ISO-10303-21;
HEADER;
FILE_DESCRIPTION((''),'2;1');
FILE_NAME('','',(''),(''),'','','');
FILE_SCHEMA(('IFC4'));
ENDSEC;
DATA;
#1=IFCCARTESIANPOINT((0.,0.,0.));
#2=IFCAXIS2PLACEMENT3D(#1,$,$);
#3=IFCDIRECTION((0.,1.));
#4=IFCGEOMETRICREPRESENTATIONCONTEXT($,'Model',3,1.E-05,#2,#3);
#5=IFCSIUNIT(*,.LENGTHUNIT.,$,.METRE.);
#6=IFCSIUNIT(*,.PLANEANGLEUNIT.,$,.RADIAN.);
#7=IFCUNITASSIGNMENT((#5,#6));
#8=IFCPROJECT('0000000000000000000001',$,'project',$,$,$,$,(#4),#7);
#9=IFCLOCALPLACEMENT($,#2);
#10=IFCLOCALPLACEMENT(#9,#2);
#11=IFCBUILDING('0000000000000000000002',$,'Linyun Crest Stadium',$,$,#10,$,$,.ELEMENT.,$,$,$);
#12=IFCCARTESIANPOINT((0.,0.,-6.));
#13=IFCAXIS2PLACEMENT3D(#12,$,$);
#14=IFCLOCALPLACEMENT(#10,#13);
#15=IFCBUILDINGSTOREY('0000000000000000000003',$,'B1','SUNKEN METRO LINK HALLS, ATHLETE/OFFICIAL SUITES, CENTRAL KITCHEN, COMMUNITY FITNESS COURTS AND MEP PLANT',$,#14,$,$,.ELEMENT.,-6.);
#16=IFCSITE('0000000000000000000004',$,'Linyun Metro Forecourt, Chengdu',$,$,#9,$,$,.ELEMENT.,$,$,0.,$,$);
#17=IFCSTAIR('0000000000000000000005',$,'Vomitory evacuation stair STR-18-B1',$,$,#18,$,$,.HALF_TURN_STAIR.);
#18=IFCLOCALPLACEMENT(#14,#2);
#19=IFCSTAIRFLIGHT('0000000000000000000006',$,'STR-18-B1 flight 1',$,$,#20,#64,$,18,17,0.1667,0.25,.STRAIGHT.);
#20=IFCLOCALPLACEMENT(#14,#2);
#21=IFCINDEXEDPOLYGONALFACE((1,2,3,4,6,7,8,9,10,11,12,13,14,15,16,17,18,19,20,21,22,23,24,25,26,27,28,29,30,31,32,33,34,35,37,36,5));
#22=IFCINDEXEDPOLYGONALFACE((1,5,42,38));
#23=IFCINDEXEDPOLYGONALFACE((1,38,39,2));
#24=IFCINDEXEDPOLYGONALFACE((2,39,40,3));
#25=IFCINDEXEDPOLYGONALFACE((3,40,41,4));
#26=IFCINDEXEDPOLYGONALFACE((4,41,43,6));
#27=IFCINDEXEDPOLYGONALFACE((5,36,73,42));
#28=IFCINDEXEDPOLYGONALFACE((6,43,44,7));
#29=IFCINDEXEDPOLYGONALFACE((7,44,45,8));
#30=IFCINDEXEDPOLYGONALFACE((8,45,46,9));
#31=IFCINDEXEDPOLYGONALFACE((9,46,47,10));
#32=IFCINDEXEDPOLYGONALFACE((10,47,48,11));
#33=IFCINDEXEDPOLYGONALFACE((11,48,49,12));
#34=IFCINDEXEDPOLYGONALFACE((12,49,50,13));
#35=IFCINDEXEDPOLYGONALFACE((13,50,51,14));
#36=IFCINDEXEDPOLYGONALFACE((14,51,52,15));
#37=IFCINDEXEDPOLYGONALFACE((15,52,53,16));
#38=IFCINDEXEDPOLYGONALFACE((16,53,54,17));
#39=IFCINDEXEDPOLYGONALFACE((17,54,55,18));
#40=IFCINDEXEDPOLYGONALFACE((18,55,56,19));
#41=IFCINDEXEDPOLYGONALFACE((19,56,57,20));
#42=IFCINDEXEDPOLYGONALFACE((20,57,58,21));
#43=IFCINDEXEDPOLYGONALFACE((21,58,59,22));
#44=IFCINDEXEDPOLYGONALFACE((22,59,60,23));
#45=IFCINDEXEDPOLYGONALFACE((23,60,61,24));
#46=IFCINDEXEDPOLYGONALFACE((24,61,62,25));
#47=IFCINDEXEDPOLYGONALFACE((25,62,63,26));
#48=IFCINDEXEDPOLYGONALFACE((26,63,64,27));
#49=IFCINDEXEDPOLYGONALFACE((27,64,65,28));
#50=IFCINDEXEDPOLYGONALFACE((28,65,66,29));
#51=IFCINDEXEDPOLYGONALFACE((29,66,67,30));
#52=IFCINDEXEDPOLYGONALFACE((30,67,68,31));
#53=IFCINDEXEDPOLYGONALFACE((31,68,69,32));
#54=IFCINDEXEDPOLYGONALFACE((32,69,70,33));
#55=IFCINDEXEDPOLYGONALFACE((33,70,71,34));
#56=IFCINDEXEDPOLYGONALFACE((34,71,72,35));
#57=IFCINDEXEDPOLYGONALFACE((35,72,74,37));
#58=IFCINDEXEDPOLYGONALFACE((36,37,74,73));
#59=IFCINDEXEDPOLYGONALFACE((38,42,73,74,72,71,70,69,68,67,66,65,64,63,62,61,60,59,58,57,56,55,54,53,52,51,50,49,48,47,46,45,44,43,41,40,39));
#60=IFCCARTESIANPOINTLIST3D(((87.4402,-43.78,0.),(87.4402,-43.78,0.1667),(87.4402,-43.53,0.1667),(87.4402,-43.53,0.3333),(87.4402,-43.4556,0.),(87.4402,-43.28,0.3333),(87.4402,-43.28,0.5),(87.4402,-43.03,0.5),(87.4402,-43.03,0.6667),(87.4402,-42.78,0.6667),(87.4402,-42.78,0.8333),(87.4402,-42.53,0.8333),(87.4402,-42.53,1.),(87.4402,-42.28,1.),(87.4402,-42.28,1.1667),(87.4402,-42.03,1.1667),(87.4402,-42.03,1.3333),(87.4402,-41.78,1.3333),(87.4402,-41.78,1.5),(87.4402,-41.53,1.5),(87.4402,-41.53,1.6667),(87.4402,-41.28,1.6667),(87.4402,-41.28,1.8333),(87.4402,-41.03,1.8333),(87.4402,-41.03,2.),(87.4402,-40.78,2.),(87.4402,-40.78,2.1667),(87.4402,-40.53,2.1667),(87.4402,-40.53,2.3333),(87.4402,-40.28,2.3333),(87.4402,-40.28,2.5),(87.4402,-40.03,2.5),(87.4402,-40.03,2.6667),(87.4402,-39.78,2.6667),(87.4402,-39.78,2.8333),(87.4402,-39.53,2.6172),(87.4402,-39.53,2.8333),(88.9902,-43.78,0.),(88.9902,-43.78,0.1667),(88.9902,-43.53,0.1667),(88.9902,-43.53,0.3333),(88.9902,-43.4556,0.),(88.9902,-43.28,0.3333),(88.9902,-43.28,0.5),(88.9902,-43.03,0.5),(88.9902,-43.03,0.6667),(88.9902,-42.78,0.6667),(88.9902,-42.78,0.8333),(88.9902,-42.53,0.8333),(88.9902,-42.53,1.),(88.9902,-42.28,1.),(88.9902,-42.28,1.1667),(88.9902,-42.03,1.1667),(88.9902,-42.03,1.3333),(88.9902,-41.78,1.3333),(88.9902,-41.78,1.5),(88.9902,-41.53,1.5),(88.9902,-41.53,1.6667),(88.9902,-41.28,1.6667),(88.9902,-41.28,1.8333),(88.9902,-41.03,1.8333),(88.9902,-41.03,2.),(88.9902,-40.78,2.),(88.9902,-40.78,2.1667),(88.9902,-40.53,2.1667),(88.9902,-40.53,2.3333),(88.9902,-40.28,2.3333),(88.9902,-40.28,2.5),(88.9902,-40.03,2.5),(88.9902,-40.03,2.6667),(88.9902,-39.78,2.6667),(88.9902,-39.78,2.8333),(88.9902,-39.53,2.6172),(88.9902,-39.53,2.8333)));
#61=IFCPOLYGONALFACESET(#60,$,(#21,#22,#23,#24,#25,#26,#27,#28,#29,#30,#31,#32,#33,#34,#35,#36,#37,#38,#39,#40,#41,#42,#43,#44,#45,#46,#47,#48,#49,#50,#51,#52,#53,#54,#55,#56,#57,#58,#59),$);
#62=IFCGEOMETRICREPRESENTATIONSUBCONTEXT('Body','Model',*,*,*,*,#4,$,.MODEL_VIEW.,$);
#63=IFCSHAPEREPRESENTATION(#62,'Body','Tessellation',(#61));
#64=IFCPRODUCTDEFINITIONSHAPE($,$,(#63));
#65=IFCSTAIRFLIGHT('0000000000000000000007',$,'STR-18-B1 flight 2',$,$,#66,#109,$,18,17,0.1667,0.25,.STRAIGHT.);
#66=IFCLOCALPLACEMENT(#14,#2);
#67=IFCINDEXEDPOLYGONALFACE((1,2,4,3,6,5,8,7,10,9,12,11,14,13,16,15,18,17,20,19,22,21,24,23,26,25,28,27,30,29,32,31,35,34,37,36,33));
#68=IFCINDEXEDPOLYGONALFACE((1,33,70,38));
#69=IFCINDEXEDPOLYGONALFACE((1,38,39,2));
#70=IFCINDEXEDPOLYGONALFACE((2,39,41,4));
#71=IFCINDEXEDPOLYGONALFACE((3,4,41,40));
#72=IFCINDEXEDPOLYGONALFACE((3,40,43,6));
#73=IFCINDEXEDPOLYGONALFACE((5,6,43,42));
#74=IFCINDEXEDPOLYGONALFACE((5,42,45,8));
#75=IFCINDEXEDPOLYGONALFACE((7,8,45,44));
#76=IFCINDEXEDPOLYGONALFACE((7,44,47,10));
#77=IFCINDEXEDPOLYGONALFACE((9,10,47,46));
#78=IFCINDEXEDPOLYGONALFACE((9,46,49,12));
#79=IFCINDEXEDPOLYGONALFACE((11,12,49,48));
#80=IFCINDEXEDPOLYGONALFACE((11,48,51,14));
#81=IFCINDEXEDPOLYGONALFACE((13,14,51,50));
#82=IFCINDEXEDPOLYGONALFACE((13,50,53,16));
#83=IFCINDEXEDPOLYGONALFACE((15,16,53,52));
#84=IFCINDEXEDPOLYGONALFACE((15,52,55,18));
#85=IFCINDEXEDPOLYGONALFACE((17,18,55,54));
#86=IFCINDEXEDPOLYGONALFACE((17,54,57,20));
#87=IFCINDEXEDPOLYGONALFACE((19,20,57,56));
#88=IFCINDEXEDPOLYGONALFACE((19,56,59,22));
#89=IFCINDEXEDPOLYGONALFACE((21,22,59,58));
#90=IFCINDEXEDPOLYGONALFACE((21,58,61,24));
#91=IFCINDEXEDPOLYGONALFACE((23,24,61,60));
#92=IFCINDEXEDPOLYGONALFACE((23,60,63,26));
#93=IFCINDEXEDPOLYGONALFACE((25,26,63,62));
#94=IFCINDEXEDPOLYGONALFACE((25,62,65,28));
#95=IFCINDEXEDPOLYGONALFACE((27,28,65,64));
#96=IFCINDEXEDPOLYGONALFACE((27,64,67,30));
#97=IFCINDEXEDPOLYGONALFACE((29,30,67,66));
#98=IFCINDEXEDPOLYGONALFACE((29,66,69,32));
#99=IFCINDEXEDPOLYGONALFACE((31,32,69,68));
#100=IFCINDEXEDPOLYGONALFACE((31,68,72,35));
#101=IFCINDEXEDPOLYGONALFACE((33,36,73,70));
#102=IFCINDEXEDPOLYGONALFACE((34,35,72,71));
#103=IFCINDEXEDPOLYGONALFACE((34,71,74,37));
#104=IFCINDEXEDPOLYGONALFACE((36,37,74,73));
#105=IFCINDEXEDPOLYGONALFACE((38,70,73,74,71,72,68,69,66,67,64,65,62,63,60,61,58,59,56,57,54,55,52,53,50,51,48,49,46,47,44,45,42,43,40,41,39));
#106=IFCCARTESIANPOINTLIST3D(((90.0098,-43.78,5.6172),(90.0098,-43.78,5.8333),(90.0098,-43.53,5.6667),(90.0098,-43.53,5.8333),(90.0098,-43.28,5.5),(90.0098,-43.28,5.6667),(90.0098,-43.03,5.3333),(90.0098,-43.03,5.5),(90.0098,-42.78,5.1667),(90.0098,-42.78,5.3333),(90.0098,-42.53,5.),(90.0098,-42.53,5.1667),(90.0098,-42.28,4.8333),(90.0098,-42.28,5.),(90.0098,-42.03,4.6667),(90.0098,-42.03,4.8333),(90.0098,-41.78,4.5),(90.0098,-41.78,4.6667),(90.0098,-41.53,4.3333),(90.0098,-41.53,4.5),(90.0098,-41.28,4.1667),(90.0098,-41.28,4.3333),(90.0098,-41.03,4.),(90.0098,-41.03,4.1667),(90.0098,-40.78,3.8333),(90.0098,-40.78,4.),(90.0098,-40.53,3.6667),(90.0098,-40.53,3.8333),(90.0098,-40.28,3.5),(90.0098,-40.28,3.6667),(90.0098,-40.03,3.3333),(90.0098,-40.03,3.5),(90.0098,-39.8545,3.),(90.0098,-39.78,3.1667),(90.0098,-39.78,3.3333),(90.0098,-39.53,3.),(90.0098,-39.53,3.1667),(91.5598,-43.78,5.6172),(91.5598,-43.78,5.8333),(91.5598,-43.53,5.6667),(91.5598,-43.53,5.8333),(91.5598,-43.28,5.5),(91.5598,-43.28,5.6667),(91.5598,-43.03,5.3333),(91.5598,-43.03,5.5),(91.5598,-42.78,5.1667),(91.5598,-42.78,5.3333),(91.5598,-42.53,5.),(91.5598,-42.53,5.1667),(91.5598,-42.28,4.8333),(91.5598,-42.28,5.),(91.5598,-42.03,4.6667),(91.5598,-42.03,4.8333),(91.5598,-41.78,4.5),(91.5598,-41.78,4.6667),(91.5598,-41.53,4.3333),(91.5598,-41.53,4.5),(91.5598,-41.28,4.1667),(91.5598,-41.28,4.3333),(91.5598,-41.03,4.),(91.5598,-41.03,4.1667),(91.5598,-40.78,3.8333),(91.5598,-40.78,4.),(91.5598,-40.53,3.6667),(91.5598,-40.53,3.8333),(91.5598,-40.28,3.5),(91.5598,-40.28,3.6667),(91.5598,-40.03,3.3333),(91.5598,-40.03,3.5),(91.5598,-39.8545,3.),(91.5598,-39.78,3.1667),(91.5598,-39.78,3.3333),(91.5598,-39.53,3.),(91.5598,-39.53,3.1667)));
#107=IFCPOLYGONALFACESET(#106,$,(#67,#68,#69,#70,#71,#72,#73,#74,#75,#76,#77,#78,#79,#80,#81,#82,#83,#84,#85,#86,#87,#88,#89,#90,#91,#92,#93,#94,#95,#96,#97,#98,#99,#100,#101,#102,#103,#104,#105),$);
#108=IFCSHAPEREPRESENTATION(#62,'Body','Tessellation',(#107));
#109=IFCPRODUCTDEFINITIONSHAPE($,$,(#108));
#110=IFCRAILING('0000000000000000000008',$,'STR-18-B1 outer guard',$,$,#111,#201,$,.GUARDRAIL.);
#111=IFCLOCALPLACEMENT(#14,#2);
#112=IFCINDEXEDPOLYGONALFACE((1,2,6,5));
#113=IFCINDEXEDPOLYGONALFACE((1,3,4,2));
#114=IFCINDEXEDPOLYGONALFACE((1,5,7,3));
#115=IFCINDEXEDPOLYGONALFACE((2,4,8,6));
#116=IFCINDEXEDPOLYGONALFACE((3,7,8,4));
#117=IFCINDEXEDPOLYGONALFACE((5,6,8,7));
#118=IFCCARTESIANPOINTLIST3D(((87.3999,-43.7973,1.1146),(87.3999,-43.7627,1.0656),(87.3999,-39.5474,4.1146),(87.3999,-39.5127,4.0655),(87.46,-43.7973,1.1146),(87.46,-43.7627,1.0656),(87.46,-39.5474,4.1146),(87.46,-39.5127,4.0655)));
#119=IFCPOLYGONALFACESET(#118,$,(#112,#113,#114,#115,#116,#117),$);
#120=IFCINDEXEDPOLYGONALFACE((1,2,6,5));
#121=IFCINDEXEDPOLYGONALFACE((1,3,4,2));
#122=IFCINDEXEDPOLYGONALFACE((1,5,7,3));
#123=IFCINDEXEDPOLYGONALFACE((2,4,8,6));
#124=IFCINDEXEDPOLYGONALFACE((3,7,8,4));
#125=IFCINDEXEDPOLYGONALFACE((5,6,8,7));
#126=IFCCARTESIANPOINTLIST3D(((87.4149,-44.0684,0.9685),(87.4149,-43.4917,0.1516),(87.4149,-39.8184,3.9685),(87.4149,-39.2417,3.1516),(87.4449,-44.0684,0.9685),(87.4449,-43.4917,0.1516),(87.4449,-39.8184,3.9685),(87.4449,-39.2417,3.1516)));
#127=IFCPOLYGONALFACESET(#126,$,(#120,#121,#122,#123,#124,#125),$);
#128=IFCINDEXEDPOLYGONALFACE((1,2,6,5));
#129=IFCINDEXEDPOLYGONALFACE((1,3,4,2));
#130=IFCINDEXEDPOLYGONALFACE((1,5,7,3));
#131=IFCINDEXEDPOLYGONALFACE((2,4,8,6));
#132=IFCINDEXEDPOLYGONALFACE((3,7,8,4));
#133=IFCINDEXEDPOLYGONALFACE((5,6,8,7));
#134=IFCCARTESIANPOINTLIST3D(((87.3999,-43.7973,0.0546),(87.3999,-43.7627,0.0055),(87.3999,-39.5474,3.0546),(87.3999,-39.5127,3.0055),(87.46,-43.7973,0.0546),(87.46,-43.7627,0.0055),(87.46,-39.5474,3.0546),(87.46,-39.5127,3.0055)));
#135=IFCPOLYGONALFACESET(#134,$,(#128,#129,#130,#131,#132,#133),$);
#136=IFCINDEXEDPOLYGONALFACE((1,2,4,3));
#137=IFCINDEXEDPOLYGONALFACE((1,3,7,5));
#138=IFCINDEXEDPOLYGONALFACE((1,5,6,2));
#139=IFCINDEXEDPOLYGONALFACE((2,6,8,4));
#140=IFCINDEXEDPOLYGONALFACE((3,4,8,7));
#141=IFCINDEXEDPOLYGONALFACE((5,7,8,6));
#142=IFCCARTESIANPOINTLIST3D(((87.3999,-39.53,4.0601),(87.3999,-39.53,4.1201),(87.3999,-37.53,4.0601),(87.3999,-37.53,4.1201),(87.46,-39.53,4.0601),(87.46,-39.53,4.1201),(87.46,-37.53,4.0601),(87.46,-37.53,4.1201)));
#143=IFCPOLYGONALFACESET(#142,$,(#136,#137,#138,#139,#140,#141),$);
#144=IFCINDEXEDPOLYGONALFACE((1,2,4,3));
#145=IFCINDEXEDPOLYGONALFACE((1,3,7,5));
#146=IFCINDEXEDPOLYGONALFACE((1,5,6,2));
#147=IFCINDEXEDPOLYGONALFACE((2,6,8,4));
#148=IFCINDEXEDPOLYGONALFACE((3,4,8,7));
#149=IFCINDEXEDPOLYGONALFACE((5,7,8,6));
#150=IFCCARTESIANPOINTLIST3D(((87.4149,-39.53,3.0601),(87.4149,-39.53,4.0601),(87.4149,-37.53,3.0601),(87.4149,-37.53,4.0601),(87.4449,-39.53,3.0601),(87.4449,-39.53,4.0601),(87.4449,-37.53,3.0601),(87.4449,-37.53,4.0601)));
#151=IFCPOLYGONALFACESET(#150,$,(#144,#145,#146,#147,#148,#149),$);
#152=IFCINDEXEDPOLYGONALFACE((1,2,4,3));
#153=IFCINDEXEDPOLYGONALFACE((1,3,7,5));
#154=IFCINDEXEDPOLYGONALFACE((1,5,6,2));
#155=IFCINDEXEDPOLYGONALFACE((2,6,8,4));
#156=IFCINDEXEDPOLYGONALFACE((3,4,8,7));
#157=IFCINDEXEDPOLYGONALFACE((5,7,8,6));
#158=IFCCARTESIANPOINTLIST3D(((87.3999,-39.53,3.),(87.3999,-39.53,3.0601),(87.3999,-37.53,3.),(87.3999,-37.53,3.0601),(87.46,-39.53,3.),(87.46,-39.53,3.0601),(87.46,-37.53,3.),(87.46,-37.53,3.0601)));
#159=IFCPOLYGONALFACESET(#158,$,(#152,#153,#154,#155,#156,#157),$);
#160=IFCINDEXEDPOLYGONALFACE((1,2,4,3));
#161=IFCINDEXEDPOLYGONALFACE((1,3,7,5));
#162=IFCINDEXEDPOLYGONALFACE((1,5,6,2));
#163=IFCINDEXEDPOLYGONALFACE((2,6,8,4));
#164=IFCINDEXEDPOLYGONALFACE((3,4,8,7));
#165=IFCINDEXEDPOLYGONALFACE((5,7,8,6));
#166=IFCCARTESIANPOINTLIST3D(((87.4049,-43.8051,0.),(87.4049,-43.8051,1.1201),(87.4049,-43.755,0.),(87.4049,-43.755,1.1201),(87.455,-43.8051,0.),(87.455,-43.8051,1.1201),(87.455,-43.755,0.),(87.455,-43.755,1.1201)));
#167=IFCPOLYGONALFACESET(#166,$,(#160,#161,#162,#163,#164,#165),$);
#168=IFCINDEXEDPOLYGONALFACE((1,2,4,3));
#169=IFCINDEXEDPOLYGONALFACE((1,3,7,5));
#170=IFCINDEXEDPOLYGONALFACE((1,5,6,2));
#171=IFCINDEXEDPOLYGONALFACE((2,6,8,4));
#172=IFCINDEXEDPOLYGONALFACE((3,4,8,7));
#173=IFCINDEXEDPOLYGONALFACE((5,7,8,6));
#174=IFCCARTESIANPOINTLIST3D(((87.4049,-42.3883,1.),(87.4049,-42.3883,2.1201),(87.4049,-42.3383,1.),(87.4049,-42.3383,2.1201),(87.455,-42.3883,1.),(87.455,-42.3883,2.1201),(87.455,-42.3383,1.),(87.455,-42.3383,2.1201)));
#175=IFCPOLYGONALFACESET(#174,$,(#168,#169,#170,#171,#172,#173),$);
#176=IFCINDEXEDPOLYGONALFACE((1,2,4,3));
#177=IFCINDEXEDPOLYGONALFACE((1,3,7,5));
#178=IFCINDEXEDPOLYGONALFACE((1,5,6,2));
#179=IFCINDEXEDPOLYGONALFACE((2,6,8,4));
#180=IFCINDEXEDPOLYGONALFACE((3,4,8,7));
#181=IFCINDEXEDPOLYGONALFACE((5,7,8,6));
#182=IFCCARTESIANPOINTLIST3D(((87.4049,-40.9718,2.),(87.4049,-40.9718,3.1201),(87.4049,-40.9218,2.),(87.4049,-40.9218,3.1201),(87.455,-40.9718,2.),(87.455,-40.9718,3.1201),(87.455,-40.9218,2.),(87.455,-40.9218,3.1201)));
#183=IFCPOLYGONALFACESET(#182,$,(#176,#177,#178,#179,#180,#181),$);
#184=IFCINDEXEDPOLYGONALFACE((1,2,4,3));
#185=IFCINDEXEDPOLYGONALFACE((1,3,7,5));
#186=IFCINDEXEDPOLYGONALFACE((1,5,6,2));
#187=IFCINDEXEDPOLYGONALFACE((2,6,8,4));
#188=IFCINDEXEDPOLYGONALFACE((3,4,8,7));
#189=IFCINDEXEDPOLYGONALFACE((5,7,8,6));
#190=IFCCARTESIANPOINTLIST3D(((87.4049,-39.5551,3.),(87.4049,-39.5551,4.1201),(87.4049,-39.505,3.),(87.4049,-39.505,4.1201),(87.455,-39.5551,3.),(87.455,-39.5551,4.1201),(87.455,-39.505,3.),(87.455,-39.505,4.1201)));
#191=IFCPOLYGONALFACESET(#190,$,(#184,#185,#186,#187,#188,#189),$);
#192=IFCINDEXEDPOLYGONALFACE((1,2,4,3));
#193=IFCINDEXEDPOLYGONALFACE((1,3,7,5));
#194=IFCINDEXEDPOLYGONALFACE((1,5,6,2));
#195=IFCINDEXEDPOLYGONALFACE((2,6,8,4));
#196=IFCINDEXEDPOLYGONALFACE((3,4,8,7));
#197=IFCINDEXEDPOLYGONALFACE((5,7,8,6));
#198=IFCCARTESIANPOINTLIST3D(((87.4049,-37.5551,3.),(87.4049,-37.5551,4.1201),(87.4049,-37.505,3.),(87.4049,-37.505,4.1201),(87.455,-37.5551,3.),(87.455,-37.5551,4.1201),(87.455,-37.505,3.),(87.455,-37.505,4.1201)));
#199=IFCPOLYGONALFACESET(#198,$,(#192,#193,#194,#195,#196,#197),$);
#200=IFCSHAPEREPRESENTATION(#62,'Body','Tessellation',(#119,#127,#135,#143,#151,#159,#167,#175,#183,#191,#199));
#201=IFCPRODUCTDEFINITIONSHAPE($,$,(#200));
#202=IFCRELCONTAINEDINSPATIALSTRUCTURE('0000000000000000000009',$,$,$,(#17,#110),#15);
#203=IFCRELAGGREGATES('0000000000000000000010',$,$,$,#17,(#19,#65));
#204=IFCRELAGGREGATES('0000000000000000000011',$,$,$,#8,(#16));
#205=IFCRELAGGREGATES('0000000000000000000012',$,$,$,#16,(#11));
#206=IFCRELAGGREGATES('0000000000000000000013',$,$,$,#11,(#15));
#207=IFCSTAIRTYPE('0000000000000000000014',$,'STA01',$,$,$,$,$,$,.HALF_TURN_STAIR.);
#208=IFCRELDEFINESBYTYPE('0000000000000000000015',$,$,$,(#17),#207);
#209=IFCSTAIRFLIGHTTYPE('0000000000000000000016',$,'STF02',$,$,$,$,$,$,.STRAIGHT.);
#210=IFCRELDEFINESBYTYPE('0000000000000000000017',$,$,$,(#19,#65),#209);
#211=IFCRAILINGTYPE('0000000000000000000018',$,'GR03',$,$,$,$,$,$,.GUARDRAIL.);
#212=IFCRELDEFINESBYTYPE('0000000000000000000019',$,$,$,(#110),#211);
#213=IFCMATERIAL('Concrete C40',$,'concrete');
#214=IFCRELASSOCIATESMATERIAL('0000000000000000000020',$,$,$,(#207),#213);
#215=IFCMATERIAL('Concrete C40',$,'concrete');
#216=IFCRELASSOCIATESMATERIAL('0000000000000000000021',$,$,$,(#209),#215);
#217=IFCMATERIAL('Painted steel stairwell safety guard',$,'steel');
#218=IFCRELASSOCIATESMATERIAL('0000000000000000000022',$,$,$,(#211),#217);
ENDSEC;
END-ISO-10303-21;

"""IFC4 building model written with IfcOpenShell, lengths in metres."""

from ifc_helpers import new_model, si_unit, direction, frame, origin, origin_2d, place, context, subcontext, project, spatial, polyline, rectangle, outline, extrude, material, type_object, element, aggregate, save


model = new_model("IFC4")

# Units and contexts
model_context = context("Model", 3, precision=1e-05, world=origin(), true_north=direction((0.0, 1.0)))
body_context = subcontext(model_context, "Body", "Model", "MODEL_VIEW")
ifc_project = project(units=[si_unit("LENGTHUNIT", "METRE"), si_unit("PLANEANGLEUNIT", "RADIAN")], contexts=[model_context])

# Site, building, storey
site_placement = place(None, origin())
site = spatial("IfcSite", under=ifc_project, at=site_placement, Name="Linyun Metro Forecourt, Chengdu", CompositionType="ELEMENT", RefElevation=0.0)
building_placement = place(site_placement, origin())
building = spatial("IfcBuilding", under=site, at=building_placement, Name="Linyun Crest Stadium", CompositionType="ELEMENT")
storey_placement = place(building_placement, frame((0.0, 0.0, -6.0)))
storey = spatial("IfcBuildingStorey", under=building, at=storey_placement, Name="B1", Description="SUNKEN METRO LINK HALLS, ATHLETE/OFFICIAL SUITES, CENTRAL KITCHEN, COMMUNITY FITNESS COURTS AND MEP PLANT", CompositionType="ELEMENT", Elevation=-6.0)

# Stair, stair flights
ifc_material_1 = material(Name="Concrete C40", Category="concrete")
stair_type = type_object("IfcStairType", Name="STA01", PredefinedType="HALF_TURN_STAIR", material=ifc_material_1)
stair_placement = place(storey_placement, origin())
stair = element("IfcStair", 1, at=stair_placement, inside=storey, type_object=stair_type, Name="Vomitory evacuation stair STR-18-B1", PredefinedType="HALF_TURN_STAIR")
ifc_material_2 = material(Name="Concrete C40", Category="concrete")
stair_flight_type = type_object("IfcStairFlightType", Name="STF02", PredefinedType="STRAIGHT", material=ifc_material_2)
stair_flight_1_placement = place(storey_placement, frame((88.2151, -43.78, 0.0), z_axis=(0.0, 0.0, 1.0), x_axis=(0.0, 1.0, 0.0)))
stair_flight_1 = element("IfcStairFlight", 2, at=stair_flight_1_placement, type_object=stair_flight_type, Name="STR-18-B1 flight 1", NumberOfRisers=18, NumberOfTreads=17, PredefinedType="STRAIGHT", RiserHeight=0.1667, TreadLength=0.25, context=body_context, shape_type="SweptSolid", body=[
    extrude(outline(polyline([(0.0, 0.0), (0.0, 0.1667), (0.25, 0.1667), (0.25, 0.3333), (0.5, 0.3333), (0.5, 0.5), (0.75, 0.5), (0.75, 0.6667), (1.0, 0.6667), (1.0, 0.8333), (1.25, 0.8333), (1.25, 1.0), (1.5, 1.0), (1.5, 1.1667), (1.75, 1.1667), (1.75, 1.3333), (2.0, 1.3333), (2.0, 1.5), (2.25, 1.5), (2.25, 1.6667), (2.5, 1.6667), (2.5, 1.8333), (2.75, 1.8333), (2.75, 2.0), (3.0, 2.0), (3.0, 2.1667), (3.25, 2.1667), (3.25, 2.3333), (3.5, 2.3333), (3.5, 2.5), (3.75, 2.5), (3.75, 2.6667), (4.0, 2.6667), (4.0, 2.8333), (4.25, 2.8333), (4.25, 3.0), (4.25, 2.6172), (0.3245, 0.0), (0.0, 0.0)])), frame((0.0, 0.7749, 0.0), z_axis=(0.0, -1.0, 0.0), x_axis=(1.0, 0.0, 0.0)), (0.0, 0.0, 1.0), 1.55),
])
stair_flight_2_placement = place(storey_placement, frame((90.7849, -39.53, 3.0), z_axis=(0.0, 0.0, 1.0), x_axis=(0.0, -1.0, 0.0)))
stair_flight_2 = element("IfcStairFlight", 3, at=stair_flight_2_placement, type_object=stair_flight_type, Name="STR-18-B1 flight 2", NumberOfRisers=18, NumberOfTreads=17, PredefinedType="STRAIGHT", RiserHeight=0.1667, TreadLength=0.25, context=body_context, shape_type="SweptSolid", body=[
    extrude(outline(polyline([(0.0, 0.0), (0.0, 0.1667), (0.25, 0.1667), (0.25, 0.3333), (0.5, 0.3333), (0.5, 0.5), (0.75, 0.5), (0.75, 0.6667), (1.0, 0.6667), (1.0, 0.8333), (1.25, 0.8333), (1.25, 1.0), (1.5, 1.0), (1.5, 1.1667), (1.75, 1.1667), (1.75, 1.3333), (2.0, 1.3333), (2.0, 1.5), (2.25, 1.5), (2.25, 1.6667), (2.5, 1.6667), (2.5, 1.8333), (2.75, 1.8333), (2.75, 2.0), (3.0, 2.0), (3.0, 2.1667), (3.25, 2.1667), (3.25, 2.3333), (3.5, 2.3333), (3.5, 2.5), (3.75, 2.5), (3.75, 2.6667), (4.0, 2.6667), (4.0, 2.8333), (4.25, 2.8333), (4.25, 3.0), (4.25, 2.6172), (0.3245, 0.0), (0.0, 0.0)])), frame((0.0, 0.7749, 0.0), z_axis=(0.0, -1.0, 0.0), x_axis=(1.0, 0.0, 0.0)), (0.0, 0.0, 1.0), 1.55),
])
aggregate(stair, [stair_flight_1, stair_flight_2])

# Railing
ifc_material_3 = material(Name="Painted steel stairwell safety guard", Category="steel")
railing_type_1 = type_object("IfcRailingType", Name="GR03", PredefinedType="GUARDRAIL", material=ifc_material_3)
railing_1_placement = place(storey_placement, frame((87.4299, -43.78, 0.0)))
element("IfcRailing", 4, at=railing_1_placement, inside=storey, type_object=railing_type_1, Name="STR-18-B1 outer guard", PredefinedType="GUARDRAIL", context=body_context, shape_type="SweptSolid", body=[
    extrude(rectangle(XDim=0.0601, YDim=0.0601, at=origin_2d()), frame((0.0, 0.0, 1.0901), z_axis=(0.0, 0.816968, 0.576683), x_axis=(-1.0, 0.0, 0.0)), (0.0, 0.0, 1.0), 5.2021),
    extrude(rectangle(XDim=0.03, YDim=1.0, at=origin_2d()), frame((0.0, 0.0, 0.5601), z_axis=(0.0, 0.816968, 0.576683), x_axis=(-1.0, 0.0, 0.0)), (0.0, 0.0, 1.0), 5.2021),
    extrude(rectangle(XDim=0.0601, YDim=0.0601, at=origin_2d()), frame((0.0, 0.0, 0.03), z_axis=(0.0, 0.816968, 0.576683), x_axis=(-1.0, 0.0, 0.0)), (0.0, 0.0, 1.0), 5.2021),
    extrude(rectangle(XDim=0.0601, YDim=0.0601, at=origin_2d()), frame((0.0, 4.25, 4.0901), z_axis=(0.0, 1.0, 0.0), x_axis=(-1.0, 0.0, 0.0)), (0.0, 0.0, 1.0), 2.0),
    extrude(rectangle(XDim=0.03, YDim=1.0, at=origin_2d()), frame((0.0, 4.25, 3.5601), z_axis=(0.0, 1.0, 0.0), x_axis=(-1.0, 0.0, 0.0)), (0.0, 0.0, 1.0), 2.0),
    extrude(rectangle(XDim=0.0601, YDim=0.0601, at=origin_2d()), frame((0.0, 4.25, 3.03), z_axis=(0.0, 1.0, 0.0), x_axis=(-1.0, 0.0, 0.0)), (0.0, 0.0, 1.0), 2.0),
    extrude(rectangle(XDim=0.05, YDim=0.05, at=origin_2d()), origin(), (0.0, 0.0, 1.0), 1.1201),
    extrude(rectangle(XDim=0.05, YDim=0.05, at=origin_2d()), frame((0.0, 1.4167, 1.0)), (0.0, 0.0, 1.0), 1.1201),
    extrude(rectangle(XDim=0.05, YDim=0.05, at=origin_2d()), frame((0.0, 2.8333, 2.0)), (0.0, 0.0, 1.0), 1.1201),
    extrude(rectangle(XDim=0.05, YDim=0.05, at=origin_2d()), frame((0.0, 4.25, 3.0)), (0.0, 0.0, 1.0), 1.1201),
    extrude(rectangle(XDim=0.05, YDim=0.05, at=origin_2d()), frame((0.0, 6.25, 3.0)), (0.0, 0.0, 1.0), 1.1201),
])

save(model, "model.ifc")
